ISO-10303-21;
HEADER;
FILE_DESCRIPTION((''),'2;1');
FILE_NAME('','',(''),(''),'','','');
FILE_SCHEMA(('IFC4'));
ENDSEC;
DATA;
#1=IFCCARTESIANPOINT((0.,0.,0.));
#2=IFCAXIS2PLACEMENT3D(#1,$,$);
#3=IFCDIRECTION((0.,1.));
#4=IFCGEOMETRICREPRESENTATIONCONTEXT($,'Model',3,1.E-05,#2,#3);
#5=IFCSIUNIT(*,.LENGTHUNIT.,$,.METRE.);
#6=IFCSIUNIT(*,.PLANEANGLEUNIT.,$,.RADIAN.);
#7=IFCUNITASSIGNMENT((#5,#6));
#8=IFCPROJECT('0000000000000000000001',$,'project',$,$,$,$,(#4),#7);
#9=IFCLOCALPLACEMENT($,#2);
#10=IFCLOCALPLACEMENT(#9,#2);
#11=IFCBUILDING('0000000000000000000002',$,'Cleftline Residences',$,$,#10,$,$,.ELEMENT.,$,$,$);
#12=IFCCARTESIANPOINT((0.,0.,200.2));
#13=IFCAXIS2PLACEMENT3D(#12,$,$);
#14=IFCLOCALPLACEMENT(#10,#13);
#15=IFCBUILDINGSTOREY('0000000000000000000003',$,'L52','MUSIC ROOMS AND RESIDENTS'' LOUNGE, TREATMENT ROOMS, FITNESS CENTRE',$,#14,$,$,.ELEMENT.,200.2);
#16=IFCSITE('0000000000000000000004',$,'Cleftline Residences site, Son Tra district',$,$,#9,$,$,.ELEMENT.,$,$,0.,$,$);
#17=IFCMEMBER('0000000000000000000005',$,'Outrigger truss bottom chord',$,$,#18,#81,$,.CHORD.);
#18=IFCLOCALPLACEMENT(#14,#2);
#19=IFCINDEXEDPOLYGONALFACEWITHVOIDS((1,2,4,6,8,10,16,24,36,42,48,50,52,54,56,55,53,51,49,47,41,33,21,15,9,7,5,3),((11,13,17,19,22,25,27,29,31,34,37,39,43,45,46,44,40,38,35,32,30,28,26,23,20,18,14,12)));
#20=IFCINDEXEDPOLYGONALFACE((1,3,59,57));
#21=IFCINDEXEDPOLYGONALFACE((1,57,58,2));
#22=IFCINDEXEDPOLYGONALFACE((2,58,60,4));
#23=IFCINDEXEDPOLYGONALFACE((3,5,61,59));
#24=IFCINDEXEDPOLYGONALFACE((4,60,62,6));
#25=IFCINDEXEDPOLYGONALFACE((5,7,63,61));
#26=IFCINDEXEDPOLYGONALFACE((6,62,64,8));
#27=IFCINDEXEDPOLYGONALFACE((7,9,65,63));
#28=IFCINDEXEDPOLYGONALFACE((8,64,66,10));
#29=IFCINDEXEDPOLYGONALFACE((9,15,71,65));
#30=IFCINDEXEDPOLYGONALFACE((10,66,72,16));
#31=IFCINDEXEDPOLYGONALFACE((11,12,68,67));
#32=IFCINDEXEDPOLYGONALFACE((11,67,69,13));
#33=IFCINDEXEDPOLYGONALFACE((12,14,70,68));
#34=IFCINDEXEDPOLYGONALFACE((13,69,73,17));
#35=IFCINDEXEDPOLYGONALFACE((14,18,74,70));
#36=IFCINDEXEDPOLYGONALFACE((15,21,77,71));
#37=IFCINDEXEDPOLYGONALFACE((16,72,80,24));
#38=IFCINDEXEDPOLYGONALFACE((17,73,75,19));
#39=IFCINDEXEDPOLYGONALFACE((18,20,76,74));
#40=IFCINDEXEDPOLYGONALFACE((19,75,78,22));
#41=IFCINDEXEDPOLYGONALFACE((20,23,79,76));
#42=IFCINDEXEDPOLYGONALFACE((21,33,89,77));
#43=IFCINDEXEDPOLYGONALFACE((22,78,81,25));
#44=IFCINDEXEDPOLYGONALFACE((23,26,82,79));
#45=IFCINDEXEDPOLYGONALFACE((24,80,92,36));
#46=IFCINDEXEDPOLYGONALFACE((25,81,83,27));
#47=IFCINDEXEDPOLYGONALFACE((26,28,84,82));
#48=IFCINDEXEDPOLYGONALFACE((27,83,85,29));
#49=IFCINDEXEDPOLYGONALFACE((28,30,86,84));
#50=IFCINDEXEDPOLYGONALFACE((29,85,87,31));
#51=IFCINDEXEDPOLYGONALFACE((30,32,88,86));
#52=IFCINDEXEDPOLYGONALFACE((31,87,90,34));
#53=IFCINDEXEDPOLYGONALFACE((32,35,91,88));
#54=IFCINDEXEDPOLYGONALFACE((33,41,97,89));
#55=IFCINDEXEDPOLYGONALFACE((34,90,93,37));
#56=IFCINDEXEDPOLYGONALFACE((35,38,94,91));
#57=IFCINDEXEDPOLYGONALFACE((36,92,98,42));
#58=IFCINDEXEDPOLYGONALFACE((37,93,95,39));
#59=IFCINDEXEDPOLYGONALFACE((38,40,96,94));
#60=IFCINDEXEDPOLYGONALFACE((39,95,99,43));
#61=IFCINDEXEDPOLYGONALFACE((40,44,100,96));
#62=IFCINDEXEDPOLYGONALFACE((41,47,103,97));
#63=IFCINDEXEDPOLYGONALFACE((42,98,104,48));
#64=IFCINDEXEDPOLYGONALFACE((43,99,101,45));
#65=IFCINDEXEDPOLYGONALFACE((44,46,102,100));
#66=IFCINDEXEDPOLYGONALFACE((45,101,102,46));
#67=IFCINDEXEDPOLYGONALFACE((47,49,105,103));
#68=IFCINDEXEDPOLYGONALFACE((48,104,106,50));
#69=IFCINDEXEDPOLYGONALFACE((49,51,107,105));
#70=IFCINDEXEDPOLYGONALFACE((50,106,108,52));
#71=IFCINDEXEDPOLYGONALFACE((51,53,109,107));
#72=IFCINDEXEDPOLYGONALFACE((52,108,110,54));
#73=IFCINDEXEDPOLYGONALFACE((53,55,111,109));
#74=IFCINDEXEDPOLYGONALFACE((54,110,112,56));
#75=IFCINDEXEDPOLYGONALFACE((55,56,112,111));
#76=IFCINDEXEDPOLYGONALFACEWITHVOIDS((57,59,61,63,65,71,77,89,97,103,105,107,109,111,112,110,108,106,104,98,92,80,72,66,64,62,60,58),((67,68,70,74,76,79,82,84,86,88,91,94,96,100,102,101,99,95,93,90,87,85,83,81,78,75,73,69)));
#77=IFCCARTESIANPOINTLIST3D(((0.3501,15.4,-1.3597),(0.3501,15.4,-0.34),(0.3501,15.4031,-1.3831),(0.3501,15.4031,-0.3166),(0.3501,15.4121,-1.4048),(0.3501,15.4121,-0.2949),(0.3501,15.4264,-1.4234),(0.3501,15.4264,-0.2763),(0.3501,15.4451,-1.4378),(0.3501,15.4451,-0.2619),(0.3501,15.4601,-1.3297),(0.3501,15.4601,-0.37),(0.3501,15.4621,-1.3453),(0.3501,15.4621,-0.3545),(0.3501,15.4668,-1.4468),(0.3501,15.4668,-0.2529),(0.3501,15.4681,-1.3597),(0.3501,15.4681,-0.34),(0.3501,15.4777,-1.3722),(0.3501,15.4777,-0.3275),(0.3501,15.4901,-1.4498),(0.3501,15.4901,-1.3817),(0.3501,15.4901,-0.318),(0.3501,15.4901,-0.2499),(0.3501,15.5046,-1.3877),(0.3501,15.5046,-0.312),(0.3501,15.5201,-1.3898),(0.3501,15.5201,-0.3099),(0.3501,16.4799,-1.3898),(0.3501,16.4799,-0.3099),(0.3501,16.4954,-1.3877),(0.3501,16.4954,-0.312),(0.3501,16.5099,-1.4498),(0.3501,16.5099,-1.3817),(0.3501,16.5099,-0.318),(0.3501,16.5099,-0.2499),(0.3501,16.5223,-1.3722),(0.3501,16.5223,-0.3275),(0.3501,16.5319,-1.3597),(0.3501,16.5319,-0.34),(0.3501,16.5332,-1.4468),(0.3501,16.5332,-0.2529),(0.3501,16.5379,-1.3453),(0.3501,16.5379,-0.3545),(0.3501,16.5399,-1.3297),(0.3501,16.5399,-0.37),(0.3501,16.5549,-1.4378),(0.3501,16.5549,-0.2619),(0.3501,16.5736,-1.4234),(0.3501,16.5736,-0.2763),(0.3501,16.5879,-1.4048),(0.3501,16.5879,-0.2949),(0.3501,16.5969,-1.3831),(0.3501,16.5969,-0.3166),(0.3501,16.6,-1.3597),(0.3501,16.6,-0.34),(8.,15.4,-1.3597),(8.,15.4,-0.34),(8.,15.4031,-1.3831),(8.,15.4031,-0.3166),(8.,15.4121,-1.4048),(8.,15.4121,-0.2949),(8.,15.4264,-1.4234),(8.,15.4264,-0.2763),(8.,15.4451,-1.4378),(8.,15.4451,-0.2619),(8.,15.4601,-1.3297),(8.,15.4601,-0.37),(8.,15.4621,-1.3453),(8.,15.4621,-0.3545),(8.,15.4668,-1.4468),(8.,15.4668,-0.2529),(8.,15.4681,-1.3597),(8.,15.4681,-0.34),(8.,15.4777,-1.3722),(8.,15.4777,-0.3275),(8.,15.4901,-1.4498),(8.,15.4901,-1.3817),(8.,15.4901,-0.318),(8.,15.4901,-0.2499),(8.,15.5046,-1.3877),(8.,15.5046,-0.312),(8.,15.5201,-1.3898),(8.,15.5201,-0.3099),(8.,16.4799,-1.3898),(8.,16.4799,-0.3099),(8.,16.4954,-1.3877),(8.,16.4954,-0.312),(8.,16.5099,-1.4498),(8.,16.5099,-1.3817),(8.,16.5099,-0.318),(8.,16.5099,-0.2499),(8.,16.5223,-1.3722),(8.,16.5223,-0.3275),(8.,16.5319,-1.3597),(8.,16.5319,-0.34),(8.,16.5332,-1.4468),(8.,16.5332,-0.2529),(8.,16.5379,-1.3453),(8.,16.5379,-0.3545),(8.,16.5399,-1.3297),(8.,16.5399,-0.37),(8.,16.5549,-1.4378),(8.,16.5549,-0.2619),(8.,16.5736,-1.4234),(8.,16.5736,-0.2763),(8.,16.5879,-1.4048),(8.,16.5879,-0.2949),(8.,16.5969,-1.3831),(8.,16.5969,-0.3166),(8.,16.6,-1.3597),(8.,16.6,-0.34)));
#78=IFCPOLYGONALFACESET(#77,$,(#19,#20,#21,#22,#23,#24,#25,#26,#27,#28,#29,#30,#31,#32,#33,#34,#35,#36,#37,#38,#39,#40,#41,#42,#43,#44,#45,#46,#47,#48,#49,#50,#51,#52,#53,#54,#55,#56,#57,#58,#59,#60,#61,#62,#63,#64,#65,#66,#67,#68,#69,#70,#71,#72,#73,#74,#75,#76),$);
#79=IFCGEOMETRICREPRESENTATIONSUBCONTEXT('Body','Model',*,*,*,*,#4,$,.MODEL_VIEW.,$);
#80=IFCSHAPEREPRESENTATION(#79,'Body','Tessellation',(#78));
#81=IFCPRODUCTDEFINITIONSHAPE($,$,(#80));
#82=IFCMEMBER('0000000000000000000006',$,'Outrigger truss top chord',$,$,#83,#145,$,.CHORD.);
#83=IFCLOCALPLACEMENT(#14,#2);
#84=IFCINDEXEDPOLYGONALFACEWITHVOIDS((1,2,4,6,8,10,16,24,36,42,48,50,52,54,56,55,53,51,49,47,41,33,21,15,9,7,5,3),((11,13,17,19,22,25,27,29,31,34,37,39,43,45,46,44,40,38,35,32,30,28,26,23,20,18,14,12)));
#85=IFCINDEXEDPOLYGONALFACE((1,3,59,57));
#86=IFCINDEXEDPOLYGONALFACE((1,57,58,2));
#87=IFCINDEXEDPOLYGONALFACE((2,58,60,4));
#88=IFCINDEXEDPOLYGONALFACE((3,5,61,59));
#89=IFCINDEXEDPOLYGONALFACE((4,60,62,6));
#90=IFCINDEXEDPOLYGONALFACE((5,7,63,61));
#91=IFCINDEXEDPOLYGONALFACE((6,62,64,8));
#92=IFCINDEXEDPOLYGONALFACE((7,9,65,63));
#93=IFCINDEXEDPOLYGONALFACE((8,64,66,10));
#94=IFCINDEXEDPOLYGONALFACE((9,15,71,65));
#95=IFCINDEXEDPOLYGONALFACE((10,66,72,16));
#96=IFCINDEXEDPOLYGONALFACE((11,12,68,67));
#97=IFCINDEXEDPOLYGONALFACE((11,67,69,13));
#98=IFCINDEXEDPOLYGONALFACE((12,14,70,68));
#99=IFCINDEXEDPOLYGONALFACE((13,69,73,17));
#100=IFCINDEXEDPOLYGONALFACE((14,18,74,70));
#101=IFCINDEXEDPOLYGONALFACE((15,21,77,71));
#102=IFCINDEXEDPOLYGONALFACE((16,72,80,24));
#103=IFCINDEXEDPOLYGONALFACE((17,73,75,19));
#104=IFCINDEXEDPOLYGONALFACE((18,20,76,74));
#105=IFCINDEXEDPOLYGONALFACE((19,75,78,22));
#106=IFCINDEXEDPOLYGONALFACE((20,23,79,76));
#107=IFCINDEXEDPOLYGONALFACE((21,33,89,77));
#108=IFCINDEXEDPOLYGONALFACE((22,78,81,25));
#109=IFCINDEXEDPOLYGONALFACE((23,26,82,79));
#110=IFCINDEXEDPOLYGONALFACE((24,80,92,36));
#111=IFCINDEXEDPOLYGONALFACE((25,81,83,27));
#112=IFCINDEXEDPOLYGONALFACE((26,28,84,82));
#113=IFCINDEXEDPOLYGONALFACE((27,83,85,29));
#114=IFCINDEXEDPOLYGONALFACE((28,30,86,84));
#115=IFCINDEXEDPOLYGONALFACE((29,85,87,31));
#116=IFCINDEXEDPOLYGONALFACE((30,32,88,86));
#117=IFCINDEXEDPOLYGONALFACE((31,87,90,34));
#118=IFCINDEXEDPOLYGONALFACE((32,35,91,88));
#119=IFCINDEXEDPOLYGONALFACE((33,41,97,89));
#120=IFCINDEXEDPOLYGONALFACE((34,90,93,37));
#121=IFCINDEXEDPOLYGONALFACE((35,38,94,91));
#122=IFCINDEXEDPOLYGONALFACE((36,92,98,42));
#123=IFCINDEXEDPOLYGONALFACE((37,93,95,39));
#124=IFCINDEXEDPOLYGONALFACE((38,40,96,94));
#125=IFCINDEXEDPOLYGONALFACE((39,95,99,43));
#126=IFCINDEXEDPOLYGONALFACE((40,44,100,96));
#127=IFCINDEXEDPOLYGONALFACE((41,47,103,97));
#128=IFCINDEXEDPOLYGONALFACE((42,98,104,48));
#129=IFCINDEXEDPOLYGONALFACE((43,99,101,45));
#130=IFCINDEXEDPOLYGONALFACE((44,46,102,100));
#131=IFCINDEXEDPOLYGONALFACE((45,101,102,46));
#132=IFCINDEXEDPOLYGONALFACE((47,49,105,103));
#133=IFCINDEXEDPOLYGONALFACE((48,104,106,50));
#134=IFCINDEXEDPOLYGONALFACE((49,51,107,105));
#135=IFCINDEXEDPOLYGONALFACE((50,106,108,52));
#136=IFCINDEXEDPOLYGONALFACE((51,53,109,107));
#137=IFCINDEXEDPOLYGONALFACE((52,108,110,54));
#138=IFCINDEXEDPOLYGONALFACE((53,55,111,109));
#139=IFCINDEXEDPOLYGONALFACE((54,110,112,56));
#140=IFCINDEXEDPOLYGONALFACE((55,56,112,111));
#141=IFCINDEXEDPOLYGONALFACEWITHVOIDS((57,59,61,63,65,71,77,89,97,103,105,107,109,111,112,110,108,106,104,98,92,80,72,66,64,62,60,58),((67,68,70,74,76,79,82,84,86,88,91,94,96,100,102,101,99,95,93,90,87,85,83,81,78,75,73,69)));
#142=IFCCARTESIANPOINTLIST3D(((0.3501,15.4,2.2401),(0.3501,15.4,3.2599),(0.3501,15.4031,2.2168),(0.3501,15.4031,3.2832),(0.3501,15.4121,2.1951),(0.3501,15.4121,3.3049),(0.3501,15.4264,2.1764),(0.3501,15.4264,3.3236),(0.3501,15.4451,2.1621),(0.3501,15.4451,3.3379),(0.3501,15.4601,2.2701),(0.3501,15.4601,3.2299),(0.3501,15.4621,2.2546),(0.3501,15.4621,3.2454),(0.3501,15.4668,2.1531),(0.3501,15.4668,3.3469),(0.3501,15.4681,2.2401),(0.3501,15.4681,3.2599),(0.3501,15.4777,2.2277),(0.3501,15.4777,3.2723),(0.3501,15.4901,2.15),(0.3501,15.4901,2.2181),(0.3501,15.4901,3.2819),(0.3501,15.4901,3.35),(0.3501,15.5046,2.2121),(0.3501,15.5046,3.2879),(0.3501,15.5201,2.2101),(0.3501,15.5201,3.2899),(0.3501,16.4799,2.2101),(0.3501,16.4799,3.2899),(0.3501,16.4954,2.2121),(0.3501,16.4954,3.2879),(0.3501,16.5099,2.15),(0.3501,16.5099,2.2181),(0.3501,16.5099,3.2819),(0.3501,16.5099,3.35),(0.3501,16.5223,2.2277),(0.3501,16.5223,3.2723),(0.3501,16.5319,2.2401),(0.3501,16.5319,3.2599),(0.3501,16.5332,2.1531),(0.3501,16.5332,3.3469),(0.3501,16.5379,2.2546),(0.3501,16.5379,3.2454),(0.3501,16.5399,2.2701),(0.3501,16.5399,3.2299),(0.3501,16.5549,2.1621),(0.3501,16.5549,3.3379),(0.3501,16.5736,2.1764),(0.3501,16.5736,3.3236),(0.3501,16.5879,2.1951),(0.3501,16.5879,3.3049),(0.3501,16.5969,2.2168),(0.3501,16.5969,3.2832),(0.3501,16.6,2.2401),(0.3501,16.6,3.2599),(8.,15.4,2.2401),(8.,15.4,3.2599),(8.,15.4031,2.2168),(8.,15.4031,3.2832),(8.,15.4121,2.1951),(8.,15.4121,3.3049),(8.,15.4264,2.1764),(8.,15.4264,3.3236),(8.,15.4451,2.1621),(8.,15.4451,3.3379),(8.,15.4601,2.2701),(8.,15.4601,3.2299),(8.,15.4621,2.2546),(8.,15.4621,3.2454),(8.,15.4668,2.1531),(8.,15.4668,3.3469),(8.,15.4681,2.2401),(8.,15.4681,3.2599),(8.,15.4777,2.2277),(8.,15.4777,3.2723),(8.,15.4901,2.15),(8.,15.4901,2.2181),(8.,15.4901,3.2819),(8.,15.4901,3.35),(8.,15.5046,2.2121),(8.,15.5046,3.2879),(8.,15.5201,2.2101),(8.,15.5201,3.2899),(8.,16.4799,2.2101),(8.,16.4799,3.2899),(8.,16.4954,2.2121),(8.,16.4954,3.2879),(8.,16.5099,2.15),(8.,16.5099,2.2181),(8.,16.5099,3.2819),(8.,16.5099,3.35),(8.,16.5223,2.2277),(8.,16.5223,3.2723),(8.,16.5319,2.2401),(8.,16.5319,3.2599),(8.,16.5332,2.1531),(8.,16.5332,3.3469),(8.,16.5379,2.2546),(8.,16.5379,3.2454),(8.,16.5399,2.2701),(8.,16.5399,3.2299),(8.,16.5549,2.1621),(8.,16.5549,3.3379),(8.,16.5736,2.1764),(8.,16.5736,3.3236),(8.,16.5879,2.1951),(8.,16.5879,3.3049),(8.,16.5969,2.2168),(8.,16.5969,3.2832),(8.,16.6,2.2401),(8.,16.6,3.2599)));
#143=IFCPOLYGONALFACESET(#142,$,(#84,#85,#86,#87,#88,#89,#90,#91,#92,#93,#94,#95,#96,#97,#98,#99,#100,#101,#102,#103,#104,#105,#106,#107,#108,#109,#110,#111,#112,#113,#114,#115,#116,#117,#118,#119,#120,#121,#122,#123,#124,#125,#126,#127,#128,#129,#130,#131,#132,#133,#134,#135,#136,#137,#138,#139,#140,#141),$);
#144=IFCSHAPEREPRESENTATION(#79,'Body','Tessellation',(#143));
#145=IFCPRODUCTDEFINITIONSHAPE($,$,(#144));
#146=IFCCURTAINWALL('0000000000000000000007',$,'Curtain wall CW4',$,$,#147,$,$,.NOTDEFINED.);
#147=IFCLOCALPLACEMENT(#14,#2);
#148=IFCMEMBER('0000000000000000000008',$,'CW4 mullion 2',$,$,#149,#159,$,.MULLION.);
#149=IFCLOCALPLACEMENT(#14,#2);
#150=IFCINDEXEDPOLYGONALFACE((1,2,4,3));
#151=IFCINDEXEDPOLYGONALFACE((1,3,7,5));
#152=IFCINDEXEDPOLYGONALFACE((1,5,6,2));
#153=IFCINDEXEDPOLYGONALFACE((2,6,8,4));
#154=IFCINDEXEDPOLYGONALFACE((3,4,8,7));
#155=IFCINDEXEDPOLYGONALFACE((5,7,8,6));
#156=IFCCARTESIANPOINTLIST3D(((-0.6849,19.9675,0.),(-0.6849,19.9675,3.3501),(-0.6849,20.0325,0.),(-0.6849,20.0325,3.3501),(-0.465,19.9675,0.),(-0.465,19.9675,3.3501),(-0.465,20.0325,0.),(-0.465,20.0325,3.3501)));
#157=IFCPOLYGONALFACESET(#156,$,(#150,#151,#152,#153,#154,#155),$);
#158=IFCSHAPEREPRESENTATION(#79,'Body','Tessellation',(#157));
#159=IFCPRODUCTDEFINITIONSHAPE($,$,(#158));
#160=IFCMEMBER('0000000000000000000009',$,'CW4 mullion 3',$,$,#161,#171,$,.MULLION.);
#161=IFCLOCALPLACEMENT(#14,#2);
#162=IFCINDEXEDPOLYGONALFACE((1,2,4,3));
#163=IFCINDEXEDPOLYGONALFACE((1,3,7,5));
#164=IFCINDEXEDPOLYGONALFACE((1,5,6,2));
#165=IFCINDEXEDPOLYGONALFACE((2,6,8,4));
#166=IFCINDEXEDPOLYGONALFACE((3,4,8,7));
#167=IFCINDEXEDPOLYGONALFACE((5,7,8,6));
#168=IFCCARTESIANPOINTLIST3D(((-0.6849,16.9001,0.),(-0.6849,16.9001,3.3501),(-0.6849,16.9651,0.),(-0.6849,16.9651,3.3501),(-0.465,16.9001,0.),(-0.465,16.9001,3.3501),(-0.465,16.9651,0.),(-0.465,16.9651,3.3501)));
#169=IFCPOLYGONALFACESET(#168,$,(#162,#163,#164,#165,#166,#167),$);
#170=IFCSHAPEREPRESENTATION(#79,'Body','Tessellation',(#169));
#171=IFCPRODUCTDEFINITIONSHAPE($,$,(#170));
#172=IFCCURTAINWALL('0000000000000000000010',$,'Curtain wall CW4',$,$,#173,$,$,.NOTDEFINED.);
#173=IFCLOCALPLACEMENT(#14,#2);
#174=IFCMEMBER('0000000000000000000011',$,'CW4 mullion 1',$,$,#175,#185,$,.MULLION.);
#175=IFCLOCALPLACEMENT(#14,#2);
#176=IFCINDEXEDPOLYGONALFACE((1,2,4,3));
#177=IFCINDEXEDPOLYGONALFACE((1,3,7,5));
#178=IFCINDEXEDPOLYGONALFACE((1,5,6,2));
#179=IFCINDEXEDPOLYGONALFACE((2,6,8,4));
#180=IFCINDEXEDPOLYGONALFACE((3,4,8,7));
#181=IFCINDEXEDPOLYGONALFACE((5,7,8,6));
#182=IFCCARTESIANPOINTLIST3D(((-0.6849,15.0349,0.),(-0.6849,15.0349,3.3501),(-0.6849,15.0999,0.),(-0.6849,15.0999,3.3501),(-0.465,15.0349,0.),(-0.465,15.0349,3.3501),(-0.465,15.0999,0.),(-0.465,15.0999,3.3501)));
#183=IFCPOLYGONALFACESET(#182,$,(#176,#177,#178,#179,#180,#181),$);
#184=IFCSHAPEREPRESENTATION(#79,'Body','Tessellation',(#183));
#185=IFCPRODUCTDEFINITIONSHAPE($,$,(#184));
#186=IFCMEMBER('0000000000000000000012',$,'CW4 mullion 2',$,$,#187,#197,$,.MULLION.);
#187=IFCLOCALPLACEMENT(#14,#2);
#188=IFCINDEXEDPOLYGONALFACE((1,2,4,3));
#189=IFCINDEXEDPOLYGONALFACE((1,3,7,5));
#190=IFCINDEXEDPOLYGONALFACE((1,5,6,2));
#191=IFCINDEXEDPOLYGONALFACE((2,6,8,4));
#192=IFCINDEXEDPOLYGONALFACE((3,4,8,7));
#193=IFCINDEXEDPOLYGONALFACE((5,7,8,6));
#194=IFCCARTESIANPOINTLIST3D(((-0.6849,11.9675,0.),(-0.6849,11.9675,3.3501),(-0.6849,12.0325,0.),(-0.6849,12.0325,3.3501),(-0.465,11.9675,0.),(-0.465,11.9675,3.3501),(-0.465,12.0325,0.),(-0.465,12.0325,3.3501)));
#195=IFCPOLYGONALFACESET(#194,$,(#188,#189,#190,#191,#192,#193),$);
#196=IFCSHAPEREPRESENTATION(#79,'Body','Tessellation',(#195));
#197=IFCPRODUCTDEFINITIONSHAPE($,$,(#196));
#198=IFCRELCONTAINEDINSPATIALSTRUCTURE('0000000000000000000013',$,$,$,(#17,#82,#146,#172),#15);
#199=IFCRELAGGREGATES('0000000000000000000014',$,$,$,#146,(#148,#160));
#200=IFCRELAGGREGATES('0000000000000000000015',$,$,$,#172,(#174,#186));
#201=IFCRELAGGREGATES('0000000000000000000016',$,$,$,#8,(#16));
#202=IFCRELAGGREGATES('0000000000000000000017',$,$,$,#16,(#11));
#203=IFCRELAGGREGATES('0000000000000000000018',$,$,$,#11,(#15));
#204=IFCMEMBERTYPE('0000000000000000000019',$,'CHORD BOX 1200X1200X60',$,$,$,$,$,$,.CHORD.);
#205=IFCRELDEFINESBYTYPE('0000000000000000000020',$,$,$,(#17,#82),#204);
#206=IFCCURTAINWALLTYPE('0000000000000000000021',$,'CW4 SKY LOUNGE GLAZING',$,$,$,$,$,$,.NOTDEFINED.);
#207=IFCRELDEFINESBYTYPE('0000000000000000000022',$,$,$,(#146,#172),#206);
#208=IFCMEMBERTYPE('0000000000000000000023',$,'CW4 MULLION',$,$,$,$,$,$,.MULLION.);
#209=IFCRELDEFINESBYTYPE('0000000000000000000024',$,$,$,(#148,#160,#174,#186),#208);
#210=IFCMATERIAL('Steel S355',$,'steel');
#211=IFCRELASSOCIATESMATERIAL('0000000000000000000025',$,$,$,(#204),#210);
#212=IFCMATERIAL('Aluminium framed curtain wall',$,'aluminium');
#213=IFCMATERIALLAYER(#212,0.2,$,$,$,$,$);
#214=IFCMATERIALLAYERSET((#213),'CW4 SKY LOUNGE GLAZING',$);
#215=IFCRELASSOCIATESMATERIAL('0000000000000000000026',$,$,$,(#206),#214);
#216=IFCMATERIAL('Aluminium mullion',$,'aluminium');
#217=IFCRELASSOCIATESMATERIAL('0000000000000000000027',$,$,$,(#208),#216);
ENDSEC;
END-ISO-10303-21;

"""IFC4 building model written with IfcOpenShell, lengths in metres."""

from ifc_helpers import new_model, si_unit, direction, frame, origin, origin_2d, place, context, subcontext, project, spatial, rectangle, hollow_rectangle, extrude, material, layer, layer_set, material_profile, profile_set, type_object, element, aggregate, save


model = new_model("IFC4")

# Units and contexts
model_context = context("Model", 3, precision=1e-05, world=origin(), true_north=direction((0.0, 1.0)))
body_context = subcontext(model_context, "Body", "Model", "MODEL_VIEW")
ifc_project = project(units=[si_unit("LENGTHUNIT", "METRE"), si_unit("PLANEANGLEUNIT", "RADIAN")], contexts=[model_context])

# Site, building, storey
site_placement = place(None, origin())
site = spatial("IfcSite", under=ifc_project, at=site_placement, Name="Cleftline Residences site, Son Tra district", CompositionType="ELEMENT", RefElevation=0.0)
building_placement = place(site_placement, origin())
building = spatial("IfcBuilding", under=site, at=building_placement, Name="Cleftline Residences", CompositionType="ELEMENT")
storey_placement = place(building_placement, frame((0.0, 0.0, 200.2)))
storey = spatial("IfcBuildingStorey", under=building, at=storey_placement, Name="L52", Description="MUSIC ROOMS AND RESIDENTS' LOUNGE, TREATMENT ROOMS, FITNESS CENTRE", CompositionType="ELEMENT", Elevation=200.2)

# Members
ifc_material_1 = material(Name="Steel S355", Category="steel")
ifc_material_profile_1 = material_profile(ifc_material_1, hollow_rectangle(XDim=1.2, YDim=1.2, WallThickness=0.0601, InnerFilletRadius=0.0601, OuterFilletRadius=0.0901, at=origin_2d()))
ifc_profile_set_1 = profile_set([ifc_material_profile_1], Name="Steel S355")
member_type_1 = type_object("IfcMemberType", Name="CHORD BOX 1200X1200X60", PredefinedType="CHORD", material=ifc_profile_set_1)
for number, where, z_axis, x_axis, name in (
    (1, (8.0, 16.0, -0.8499), (-1.0, 0.0, 0.0), (0.0, -1.0, 0.0), "Outrigger truss bottom chord"),
    (2, (8.0, 16.0, 2.75), (-1.0, 0.0, 0.0), (0.0, -1.0, 0.0), "Outrigger truss top chord"),
):
    element("IfcMember", number, at=place(storey_placement, frame(where, z_axis=z_axis, x_axis=x_axis)), inside=storey, type_object=member_type_1, Name=name, PredefinedType="CHORD", context=body_context, shape_type="SweptSolid", body=[
        extrude(hollow_rectangle(XDim=1.2, YDim=1.2, WallThickness=0.0601, InnerFilletRadius=0.0601, OuterFilletRadius=0.0901, at=origin_2d()), origin(), (0.0, 0.0, 1.0), 7.6499),
    ])

# Curtain walls, members
ifc_material_2 = material(Name="Aluminium framed curtain wall", Category="aluminium")
ifc_layer_1 = layer(ifc_material_2, 0.2)
ifc_layer_set_1 = layer_set([ifc_layer_1], Name="CW4 SKY LOUNGE GLAZING")
curtain_wall_type = type_object("IfcCurtainWallType", Name="CW4 SKY LOUNGE GLAZING", PredefinedType="NOTDEFINED", material=ifc_layer_set_1)
curtain_wall_1_placement = place(storey_placement, origin())
curtain_wall_1 = element("IfcCurtainWall", 3, at=curtain_wall_1_placement, inside=storey, type_object=curtain_wall_type, Name="Curtain wall CW4", PredefinedType="NOTDEFINED")
ifc_material_3 = material(Name="Aluminium mullion", Category="aluminium")
ifc_material_profile_2 = material_profile(ifc_material_3, rectangle(XDim=0.22, YDim=0.0649, at=origin_2d()))
ifc_profile_set_2 = profile_set([ifc_material_profile_2], Name="Aluminium mullion")
member_type_2 = type_object("IfcMemberType", Name="CW4 MULLION", PredefinedType="MULLION", material=ifc_profile_set_2)
member_1_placement = place(storey_placement, frame((-0.575, 20.0, 0.0), z_axis=(0.0, 0.0, 1.0), x_axis=(1.0, 0.0, 0.0)))
member_1 = element("IfcMember", 4, at=member_1_placement, type_object=member_type_2, Name="CW4 mullion 2", PredefinedType="MULLION", context=body_context, shape_type="SweptSolid", body=[
    extrude(rectangle(XDim=0.22, YDim=0.0649, at=origin_2d()), origin(), (0.0, 0.0, 1.0), 3.3501),
])
member_2_placement = place(storey_placement, frame((-0.575, 16.9326, 0.0), z_axis=(0.0, 0.0, 1.0), x_axis=(1.0, 0.0, 0.0)))
member_2 = element("IfcMember", 5, at=member_2_placement, type_object=member_type_2, Name="CW4 mullion 3", PredefinedType="MULLION", context=body_context, shape_type="SweptSolid", body=[
    extrude(rectangle(XDim=0.22, YDim=0.0649, at=origin_2d()), origin(), (0.0, 0.0, 1.0), 3.3501),
])
curtain_wall_2_placement = place(storey_placement, origin())
curtain_wall_2 = element("IfcCurtainWall", 6, at=curtain_wall_2_placement, inside=storey, type_object=curtain_wall_type, Name="Curtain wall CW4", PredefinedType="NOTDEFINED")
member_3_placement = place(storey_placement, frame((-0.575, 15.0674, 0.0), z_axis=(0.0, 0.0, 1.0), x_axis=(1.0, 0.0, 0.0)))
member_3 = element("IfcMember", 7, at=member_3_placement, type_object=member_type_2, Name="CW4 mullion 1", PredefinedType="MULLION", context=body_context, shape_type="SweptSolid", body=[
    extrude(rectangle(XDim=0.22, YDim=0.0649, at=origin_2d()), origin(), (0.0, 0.0, 1.0), 3.3501),
])
member_4_placement = place(storey_placement, frame((-0.575, 12.0, 0.0), z_axis=(0.0, 0.0, 1.0), x_axis=(1.0, 0.0, 0.0)))
member_4 = element("IfcMember", 8, at=member_4_placement, type_object=member_type_2, Name="CW4 mullion 2", PredefinedType="MULLION", context=body_context, shape_type="SweptSolid", body=[
    extrude(rectangle(XDim=0.22, YDim=0.0649, at=origin_2d()), origin(), (0.0, 0.0, 1.0), 3.3501),
])

aggregate(curtain_wall_1, [member_1, member_2])
aggregate(curtain_wall_2, [member_3, member_4])

save(model, "model.ifc")
